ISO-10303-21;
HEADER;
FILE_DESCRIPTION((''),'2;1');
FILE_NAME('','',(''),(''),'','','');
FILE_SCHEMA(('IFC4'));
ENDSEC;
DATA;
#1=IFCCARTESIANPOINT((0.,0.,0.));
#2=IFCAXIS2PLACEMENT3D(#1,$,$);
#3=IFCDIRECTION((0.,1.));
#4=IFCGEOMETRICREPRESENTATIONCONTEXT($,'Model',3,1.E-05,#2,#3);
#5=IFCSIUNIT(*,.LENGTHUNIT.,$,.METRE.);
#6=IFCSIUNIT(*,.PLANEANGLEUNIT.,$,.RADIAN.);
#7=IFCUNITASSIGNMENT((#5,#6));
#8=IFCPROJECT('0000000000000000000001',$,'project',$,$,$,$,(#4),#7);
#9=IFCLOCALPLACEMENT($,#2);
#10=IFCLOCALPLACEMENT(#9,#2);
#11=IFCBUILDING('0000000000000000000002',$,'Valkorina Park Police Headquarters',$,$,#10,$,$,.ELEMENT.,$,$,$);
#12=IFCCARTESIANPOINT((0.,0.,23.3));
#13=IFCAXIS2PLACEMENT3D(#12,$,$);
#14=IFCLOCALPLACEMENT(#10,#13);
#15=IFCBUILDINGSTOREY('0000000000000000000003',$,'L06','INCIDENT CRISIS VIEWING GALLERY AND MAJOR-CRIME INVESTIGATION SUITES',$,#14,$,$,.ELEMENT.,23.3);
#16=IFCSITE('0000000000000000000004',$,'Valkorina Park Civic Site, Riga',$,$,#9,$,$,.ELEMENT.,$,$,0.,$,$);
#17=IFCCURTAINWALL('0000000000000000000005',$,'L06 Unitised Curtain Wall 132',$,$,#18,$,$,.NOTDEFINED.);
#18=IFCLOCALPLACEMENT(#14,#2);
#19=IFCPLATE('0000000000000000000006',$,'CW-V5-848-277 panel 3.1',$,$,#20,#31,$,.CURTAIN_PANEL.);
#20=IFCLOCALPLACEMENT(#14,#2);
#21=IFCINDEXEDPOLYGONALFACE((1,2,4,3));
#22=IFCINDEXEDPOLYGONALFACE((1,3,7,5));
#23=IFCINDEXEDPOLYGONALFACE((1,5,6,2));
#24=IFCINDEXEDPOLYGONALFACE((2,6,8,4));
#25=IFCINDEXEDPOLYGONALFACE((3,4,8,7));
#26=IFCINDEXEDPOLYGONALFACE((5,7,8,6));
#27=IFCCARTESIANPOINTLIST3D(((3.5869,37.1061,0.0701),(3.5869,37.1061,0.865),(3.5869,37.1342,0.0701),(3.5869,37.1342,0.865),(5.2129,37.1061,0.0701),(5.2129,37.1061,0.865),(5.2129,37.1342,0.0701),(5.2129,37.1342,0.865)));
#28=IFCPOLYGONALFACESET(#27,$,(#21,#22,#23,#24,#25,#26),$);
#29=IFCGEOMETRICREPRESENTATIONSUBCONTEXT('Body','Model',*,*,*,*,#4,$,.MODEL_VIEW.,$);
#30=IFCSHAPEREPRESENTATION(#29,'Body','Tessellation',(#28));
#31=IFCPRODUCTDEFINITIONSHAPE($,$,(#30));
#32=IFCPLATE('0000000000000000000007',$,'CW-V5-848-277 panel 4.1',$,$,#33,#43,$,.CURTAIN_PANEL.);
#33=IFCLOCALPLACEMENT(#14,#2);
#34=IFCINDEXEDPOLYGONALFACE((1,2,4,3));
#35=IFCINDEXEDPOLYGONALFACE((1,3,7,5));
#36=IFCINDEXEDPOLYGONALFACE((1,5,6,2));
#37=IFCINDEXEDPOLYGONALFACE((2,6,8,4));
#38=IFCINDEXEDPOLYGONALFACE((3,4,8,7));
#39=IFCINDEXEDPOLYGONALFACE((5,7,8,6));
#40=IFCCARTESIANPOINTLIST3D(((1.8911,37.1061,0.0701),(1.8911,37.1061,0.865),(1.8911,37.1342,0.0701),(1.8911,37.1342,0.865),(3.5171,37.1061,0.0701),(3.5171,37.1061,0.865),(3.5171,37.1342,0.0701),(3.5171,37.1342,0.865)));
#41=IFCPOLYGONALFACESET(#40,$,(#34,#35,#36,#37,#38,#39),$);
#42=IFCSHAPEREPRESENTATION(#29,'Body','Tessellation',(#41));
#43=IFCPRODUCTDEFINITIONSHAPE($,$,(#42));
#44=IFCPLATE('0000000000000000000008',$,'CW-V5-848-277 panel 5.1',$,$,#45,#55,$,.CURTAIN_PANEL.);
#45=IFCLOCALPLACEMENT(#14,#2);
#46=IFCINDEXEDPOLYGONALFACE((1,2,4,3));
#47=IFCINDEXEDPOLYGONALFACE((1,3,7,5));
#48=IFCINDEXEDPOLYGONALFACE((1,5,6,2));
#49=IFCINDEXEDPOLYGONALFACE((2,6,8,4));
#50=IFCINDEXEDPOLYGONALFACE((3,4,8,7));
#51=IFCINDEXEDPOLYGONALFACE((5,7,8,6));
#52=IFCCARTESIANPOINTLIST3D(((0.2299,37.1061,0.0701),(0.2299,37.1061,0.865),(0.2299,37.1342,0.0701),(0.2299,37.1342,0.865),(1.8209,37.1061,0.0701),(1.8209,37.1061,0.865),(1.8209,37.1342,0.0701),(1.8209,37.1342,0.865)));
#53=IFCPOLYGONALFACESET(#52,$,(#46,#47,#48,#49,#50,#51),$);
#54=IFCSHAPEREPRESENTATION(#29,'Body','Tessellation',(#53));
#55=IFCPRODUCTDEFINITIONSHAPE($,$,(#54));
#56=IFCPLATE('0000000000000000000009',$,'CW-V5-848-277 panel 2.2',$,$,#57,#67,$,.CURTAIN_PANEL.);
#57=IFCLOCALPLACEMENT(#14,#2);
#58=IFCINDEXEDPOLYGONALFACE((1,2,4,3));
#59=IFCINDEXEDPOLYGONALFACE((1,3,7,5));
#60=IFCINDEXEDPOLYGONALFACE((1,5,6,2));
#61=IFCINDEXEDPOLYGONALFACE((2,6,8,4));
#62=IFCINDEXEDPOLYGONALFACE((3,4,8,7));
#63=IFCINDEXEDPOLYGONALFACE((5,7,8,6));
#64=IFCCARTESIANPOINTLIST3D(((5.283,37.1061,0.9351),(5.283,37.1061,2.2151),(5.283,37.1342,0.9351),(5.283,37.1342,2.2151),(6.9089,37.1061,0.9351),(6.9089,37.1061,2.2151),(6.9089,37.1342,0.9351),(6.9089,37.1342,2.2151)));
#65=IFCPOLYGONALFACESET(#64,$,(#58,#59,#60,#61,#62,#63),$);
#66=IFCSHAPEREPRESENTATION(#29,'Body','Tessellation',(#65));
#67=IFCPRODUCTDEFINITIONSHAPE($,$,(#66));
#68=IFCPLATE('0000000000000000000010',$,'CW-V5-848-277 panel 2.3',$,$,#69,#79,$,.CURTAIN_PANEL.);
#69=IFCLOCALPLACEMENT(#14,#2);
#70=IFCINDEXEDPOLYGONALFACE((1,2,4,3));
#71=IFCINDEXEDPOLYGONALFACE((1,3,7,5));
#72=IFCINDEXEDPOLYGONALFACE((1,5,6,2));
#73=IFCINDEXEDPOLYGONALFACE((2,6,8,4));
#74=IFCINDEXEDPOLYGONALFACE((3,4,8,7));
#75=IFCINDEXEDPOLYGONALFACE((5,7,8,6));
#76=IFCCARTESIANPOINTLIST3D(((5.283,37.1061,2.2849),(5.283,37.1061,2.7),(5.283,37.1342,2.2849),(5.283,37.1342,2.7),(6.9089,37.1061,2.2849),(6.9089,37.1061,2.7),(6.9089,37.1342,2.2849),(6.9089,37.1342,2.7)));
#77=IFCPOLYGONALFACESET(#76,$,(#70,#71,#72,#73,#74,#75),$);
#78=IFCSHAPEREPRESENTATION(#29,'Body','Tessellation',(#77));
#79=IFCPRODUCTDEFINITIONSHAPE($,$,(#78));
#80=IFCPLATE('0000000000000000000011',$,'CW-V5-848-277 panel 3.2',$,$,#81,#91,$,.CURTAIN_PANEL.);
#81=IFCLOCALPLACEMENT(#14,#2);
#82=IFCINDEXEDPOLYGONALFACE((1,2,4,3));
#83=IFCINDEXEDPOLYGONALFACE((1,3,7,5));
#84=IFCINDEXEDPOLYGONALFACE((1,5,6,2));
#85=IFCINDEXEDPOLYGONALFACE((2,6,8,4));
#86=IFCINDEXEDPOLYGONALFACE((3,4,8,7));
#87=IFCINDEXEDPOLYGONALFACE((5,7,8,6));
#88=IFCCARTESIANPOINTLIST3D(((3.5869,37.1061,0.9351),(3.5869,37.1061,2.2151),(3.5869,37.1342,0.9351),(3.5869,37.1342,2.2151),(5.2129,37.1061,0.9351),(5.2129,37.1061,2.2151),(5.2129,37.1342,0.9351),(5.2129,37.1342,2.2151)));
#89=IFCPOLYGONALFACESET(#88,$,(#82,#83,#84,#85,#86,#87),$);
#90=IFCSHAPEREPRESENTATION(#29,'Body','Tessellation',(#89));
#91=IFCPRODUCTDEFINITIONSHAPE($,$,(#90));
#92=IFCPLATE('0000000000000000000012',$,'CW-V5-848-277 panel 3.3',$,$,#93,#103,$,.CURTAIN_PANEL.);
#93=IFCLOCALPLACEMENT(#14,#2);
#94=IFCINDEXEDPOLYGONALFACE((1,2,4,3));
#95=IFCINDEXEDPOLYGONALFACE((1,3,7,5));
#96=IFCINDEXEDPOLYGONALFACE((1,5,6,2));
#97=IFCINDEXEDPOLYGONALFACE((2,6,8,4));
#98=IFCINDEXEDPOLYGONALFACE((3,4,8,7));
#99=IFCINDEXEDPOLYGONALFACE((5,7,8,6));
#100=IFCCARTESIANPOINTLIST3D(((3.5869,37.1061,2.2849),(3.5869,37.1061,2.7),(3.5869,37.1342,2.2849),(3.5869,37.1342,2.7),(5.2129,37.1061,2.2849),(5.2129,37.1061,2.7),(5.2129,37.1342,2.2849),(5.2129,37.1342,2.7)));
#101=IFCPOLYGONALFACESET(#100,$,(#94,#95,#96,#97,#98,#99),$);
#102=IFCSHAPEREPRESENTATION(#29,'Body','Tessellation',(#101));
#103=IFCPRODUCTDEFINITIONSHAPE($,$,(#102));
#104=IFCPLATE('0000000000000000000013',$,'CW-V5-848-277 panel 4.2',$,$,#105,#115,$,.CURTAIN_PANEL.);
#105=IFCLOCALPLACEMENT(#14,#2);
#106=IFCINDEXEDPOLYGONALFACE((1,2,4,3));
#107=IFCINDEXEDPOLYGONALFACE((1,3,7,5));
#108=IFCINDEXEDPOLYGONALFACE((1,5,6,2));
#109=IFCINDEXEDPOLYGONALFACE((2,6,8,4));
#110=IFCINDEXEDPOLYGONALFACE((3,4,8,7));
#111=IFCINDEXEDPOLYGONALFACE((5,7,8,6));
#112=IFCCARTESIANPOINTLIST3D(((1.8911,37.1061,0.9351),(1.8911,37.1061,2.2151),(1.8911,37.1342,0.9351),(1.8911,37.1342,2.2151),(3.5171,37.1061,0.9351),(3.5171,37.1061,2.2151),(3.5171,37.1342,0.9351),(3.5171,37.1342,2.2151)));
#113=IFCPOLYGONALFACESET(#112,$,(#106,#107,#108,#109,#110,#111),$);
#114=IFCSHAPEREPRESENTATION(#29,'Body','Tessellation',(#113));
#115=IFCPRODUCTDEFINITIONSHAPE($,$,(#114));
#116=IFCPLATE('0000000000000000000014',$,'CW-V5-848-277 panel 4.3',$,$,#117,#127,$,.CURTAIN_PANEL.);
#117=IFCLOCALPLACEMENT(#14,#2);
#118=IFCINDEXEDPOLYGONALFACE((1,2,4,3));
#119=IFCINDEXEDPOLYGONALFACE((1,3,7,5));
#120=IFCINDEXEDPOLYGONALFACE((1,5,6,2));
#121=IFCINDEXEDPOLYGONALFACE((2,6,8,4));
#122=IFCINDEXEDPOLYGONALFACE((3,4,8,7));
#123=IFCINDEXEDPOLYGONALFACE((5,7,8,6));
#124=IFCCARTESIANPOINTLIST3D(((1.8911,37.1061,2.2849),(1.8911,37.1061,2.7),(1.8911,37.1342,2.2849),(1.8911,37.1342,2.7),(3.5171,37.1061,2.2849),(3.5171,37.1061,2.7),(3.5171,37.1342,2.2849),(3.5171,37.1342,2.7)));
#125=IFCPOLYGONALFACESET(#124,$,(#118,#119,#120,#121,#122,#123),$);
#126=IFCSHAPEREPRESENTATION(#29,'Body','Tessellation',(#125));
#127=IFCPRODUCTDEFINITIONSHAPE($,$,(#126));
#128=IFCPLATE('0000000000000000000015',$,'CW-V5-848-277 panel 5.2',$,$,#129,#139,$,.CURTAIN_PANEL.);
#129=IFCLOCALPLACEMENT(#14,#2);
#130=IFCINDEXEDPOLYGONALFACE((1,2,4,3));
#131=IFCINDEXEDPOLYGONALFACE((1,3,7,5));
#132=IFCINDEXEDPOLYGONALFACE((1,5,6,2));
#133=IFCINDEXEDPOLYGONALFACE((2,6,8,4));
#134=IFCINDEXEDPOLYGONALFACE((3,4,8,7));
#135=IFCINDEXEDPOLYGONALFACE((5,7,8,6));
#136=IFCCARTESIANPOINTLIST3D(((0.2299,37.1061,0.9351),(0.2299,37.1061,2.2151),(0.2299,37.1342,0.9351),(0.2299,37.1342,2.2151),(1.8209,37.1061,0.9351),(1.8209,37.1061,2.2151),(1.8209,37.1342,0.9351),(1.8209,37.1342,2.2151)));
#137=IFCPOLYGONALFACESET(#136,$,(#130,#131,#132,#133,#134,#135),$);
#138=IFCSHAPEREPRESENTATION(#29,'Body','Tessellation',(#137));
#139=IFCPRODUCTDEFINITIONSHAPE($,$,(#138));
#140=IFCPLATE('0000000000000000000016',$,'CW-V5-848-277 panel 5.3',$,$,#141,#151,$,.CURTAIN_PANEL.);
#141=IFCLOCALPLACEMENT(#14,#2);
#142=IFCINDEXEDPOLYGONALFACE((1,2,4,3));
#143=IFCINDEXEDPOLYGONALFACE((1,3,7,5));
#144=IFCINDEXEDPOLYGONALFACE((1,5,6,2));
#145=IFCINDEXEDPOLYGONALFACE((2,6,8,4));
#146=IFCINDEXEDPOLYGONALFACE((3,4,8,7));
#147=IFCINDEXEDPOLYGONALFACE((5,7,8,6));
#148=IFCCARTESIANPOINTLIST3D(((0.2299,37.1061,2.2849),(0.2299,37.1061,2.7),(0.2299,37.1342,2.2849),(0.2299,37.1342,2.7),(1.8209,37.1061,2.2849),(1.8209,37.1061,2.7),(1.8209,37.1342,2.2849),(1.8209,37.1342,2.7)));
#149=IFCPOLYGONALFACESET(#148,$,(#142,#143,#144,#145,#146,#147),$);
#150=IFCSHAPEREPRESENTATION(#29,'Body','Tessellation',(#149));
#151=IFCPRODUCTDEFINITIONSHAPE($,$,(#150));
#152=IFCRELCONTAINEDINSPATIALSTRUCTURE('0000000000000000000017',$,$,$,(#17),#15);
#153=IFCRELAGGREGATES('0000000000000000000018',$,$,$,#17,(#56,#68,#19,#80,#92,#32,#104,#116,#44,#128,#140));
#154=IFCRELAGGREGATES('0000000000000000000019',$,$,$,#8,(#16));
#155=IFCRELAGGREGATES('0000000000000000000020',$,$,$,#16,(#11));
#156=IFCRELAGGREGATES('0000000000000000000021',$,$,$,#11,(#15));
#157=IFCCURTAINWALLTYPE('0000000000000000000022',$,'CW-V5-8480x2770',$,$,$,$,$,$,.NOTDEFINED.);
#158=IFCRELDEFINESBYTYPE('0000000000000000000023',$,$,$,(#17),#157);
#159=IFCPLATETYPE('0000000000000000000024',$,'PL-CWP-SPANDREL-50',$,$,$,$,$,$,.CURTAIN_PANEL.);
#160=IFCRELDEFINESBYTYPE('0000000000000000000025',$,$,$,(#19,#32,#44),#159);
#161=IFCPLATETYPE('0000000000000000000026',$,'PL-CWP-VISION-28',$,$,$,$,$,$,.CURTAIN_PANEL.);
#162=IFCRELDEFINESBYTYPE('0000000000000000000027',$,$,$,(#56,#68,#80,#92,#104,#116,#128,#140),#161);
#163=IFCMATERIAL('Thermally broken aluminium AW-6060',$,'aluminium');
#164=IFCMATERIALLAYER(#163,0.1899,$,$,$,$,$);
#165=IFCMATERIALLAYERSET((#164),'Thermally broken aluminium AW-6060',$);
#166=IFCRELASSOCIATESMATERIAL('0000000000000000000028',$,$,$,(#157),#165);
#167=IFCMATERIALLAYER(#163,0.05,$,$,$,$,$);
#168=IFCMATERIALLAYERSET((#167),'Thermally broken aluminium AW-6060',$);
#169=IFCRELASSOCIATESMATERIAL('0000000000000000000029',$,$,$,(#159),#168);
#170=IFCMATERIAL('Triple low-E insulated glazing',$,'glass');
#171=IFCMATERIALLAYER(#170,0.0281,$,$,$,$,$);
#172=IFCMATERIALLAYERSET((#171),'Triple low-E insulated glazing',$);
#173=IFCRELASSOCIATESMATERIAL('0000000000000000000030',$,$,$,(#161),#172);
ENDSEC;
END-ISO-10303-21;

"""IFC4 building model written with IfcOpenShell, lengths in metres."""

from ifc_helpers import new_model, si_unit, direction, frame, origin, origin_2d, place, context, subcontext, project, spatial, rectangle, extrude, material, layer, layer_set, type_object, element, aggregate, save


model = new_model("IFC4")

# Units and contexts
model_context = context("Model", 3, precision=1e-05, world=origin(), true_north=direction((0.0, 1.0)))
body_context = subcontext(model_context, "Body", "Model", "MODEL_VIEW")
ifc_project = project(units=[si_unit("LENGTHUNIT", "METRE"), si_unit("PLANEANGLEUNIT", "RADIAN")], contexts=[model_context])

# Site, building, storey
site_placement = place(None, origin())
site = spatial("IfcSite", under=ifc_project, at=site_placement, Name="Valkorina Park Civic Site, Riga", CompositionType="ELEMENT", RefElevation=0.0)
building_placement = place(site_placement, origin())
building = spatial("IfcBuilding", under=site, at=building_placement, Name="Valkorina Park Police Headquarters", CompositionType="ELEMENT")
storey_placement = place(building_placement, frame((0.0, 0.0, 23.3)))
storey = spatial("IfcBuildingStorey", under=building, at=storey_placement, Name="L06", Description="INCIDENT CRISIS VIEWING GALLERY AND MAJOR-CRIME INVESTIGATION SUITES", CompositionType="ELEMENT", Elevation=23.3)

# Curtain wall, plates
ifc_material_1 = material(Name="Thermally broken aluminium AW-6060", Category="aluminium")
ifc_layer_1 = layer(ifc_material_1, 0.1899)
ifc_layer_set_1 = layer_set([ifc_layer_1], Name="Thermally broken aluminium AW-6060")
curtain_wall_type = type_object("IfcCurtainWallType", Name="CW-V5-8480x2770", PredefinedType="NOTDEFINED", material=ifc_layer_set_1)
curtain_wall_placement = place(storey_placement, origin())
curtain_wall = element("IfcCurtainWall", 1, at=curtain_wall_placement, inside=storey, type_object=curtain_wall_type, Name="L06 Unitised Curtain Wall 132", PredefinedType="NOTDEFINED")
ifc_layer_2 = layer(ifc_material_1, 0.05)
ifc_layer_set_2 = layer_set([ifc_layer_2], Name="Thermally broken aluminium AW-6060")
plate_type_1 = type_object("IfcPlateType", Name="PL-CWP-SPANDREL-50", PredefinedType="CURTAIN_PANEL", material=ifc_layer_set_2)
plate_1_placement = place(storey_placement, frame((4.3999, 37.1201, 0.0701), z_axis=(0.0, 0.0, 1.0), x_axis=(-1.0, 0.0, 0.0)))
plate_1 = element("IfcPlate", 2, at=plate_1_placement, type_object=plate_type_1, Name="CW-V5-848-277 panel 3.1", PredefinedType="CURTAIN_PANEL", context=body_context, shape_type="SweptSolid", body=[
    extrude(rectangle(XDim=1.626, YDim=0.0281, at=origin_2d()), origin(), (0.0, 0.0, 1.0), 0.7949),
])
plate_2_placement = place(storey_placement, frame((2.7041, 37.1201, 0.0701), z_axis=(0.0, 0.0, 1.0), x_axis=(-1.0, 0.0, 0.0)))
plate_2 = element("IfcPlate", 3, at=plate_2_placement, type_object=plate_type_1, Name="CW-V5-848-277 panel 4.1", PredefinedType="CURTAIN_PANEL", context=body_context, shape_type="SweptSolid", body=[
    extrude(rectangle(XDim=1.626, YDim=0.0281, at=origin_2d()), origin(), (0.0, 0.0, 1.0), 0.7949),
])
plate_3_placement = place(storey_placement, frame((1.0254, 37.1201, 0.0701), z_axis=(0.0, 0.0, 1.0), x_axis=(-1.0, 0.0, 0.0)))
plate_3 = element("IfcPlate", 4, at=plate_3_placement, type_object=plate_type_1, Name="CW-V5-848-277 panel 5.1", PredefinedType="CURTAIN_PANEL", context=body_context, shape_type="SweptSolid", body=[
    extrude(rectangle(XDim=1.5911, YDim=0.0281, at=origin_2d()), origin(), (0.0, 0.0, 1.0), 0.7949),
])
ifc_material_2 = material(Name="Triple low-E insulated glazing", Category="glass")
ifc_layer_3 = layer(ifc_material_2, 0.0281)
ifc_layer_set_3 = layer_set([ifc_layer_3], Name="Triple low-E insulated glazing")
plate_type_2 = type_object("IfcPlateType", Name="PL-CWP-VISION-28", PredefinedType="CURTAIN_PANEL", material=ifc_layer_set_3)
plate_4_placement = place(storey_placement, frame((6.0959, 37.1201, 0.9351), z_axis=(0.0, 0.0, 1.0), x_axis=(-1.0, 0.0, 0.0)))
plate_4 = element("IfcPlate", 5, at=plate_4_placement, type_object=plate_type_2, Name="CW-V5-848-277 panel 2.2", PredefinedType="CURTAIN_PANEL", context=body_context, shape_type="SweptSolid", body=[
    extrude(rectangle(XDim=1.626, YDim=0.0281, at=origin_2d()), origin(), (0.0, 0.0, 1.0), 1.28),
])
plate_5_placement = place(storey_placement, frame((6.0959, 37.1201, 2.2849), z_axis=(0.0, 0.0, 1.0), x_axis=(-1.0, 0.0, 0.0)))
plate_5 = element("IfcPlate", 6, at=plate_5_placement, type_object=plate_type_2, Name="CW-V5-848-277 panel 2.3", PredefinedType="CURTAIN_PANEL", context=body_context, shape_type="SweptSolid", body=[
    extrude(rectangle(XDim=1.626, YDim=0.0281, at=origin_2d()), origin(), (0.0, 0.0, 1.0), 0.415),
])
plate_6_placement = place(storey_placement, frame((4.3999, 37.1201, 0.9351), z_axis=(0.0, 0.0, 1.0), x_axis=(-1.0, 0.0, 0.0)))
plate_6 = element("IfcPlate", 7, at=plate_6_placement, type_object=plate_type_2, Name="CW-V5-848-277 panel 3.2", PredefinedType="CURTAIN_PANEL", context=body_context, shape_type="SweptSolid", body=[
    extrude(rectangle(XDim=1.626, YDim=0.0281, at=origin_2d()), origin(), (0.0, 0.0, 1.0), 1.28),
])
plate_7_placement = place(storey_placement, frame((4.3999, 37.1201, 2.2849), z_axis=(0.0, 0.0, 1.0), x_axis=(-1.0, 0.0, 0.0)))
plate_7 = element("IfcPlate", 8, at=plate_7_placement, type_object=plate_type_2, Name="CW-V5-848-277 panel 3.3", PredefinedType="CURTAIN_PANEL", context=body_context, shape_type="SweptSolid", body=[
    extrude(rectangle(XDim=1.626, YDim=0.0281, at=origin_2d()), origin(), (0.0, 0.0, 1.0), 0.415),
])
plate_8_placement = place(storey_placement, frame((2.7041, 37.1201, 0.9351), z_axis=(0.0, 0.0, 1.0), x_axis=(-1.0, 0.0, 0.0)))
plate_8 = element("IfcPlate", 9, at=plate_8_placement, type_object=plate_type_2, Name="CW-V5-848-277 panel 4.2", PredefinedType="CURTAIN_PANEL", context=body_context, shape_type="SweptSolid", body=[
    extrude(rectangle(XDim=1.626, YDim=0.0281, at=origin_2d()), origin(), (0.0, 0.0, 1.0), 1.28),
])
plate_9_placement = place(storey_placement, frame((2.7041, 37.1201, 2.2849), z_axis=(0.0, 0.0, 1.0), x_axis=(-1.0, 0.0, 0.0)))
plate_9 = element("IfcPlate", 10, at=plate_9_placement, type_object=plate_type_2, Name="CW-V5-848-277 panel 4.3", PredefinedType="CURTAIN_PANEL", context=body_context, shape_type="SweptSolid", body=[
    extrude(rectangle(XDim=1.626, YDim=0.0281, at=origin_2d()), origin(), (0.0, 0.0, 1.0), 0.415),
])
plate_10_placement = place(storey_placement, frame((1.0254, 37.1201, 0.9351), z_axis=(0.0, 0.0, 1.0), x_axis=(-1.0, 0.0, 0.0)))
plate_10 = element("IfcPlate", 11, at=plate_10_placement, type_object=plate_type_2, Name="CW-V5-848-277 panel 5.2", PredefinedType="CURTAIN_PANEL", context=body_context, shape_type="SweptSolid", body=[
    extrude(rectangle(XDim=1.5911, YDim=0.0281, at=origin_2d()), origin(), (0.0, 0.0, 1.0), 1.28),
])
plate_11_placement = place(storey_placement, frame((1.0254, 37.1201, 2.2849), z_axis=(0.0, 0.0, 1.0), x_axis=(-1.0, 0.0, 0.0)))
plate_11 = element("IfcPlate", 12, at=plate_11_placement, type_object=plate_type_2, Name="CW-V5-848-277 panel 5.3", PredefinedType="CURTAIN_PANEL", context=body_context, shape_type="SweptSolid", body=[
    extrude(rectangle(XDim=1.5911, YDim=0.0281, at=origin_2d()), origin(), (0.0, 0.0, 1.0), 0.415),
])
aggregate(curtain_wall, [plate_4, plate_5, plate_1, plate_6, plate_7, plate_2, plate_8, plate_9, plate_3, plate_10, plate_11])

save(model, "model.ifc")
